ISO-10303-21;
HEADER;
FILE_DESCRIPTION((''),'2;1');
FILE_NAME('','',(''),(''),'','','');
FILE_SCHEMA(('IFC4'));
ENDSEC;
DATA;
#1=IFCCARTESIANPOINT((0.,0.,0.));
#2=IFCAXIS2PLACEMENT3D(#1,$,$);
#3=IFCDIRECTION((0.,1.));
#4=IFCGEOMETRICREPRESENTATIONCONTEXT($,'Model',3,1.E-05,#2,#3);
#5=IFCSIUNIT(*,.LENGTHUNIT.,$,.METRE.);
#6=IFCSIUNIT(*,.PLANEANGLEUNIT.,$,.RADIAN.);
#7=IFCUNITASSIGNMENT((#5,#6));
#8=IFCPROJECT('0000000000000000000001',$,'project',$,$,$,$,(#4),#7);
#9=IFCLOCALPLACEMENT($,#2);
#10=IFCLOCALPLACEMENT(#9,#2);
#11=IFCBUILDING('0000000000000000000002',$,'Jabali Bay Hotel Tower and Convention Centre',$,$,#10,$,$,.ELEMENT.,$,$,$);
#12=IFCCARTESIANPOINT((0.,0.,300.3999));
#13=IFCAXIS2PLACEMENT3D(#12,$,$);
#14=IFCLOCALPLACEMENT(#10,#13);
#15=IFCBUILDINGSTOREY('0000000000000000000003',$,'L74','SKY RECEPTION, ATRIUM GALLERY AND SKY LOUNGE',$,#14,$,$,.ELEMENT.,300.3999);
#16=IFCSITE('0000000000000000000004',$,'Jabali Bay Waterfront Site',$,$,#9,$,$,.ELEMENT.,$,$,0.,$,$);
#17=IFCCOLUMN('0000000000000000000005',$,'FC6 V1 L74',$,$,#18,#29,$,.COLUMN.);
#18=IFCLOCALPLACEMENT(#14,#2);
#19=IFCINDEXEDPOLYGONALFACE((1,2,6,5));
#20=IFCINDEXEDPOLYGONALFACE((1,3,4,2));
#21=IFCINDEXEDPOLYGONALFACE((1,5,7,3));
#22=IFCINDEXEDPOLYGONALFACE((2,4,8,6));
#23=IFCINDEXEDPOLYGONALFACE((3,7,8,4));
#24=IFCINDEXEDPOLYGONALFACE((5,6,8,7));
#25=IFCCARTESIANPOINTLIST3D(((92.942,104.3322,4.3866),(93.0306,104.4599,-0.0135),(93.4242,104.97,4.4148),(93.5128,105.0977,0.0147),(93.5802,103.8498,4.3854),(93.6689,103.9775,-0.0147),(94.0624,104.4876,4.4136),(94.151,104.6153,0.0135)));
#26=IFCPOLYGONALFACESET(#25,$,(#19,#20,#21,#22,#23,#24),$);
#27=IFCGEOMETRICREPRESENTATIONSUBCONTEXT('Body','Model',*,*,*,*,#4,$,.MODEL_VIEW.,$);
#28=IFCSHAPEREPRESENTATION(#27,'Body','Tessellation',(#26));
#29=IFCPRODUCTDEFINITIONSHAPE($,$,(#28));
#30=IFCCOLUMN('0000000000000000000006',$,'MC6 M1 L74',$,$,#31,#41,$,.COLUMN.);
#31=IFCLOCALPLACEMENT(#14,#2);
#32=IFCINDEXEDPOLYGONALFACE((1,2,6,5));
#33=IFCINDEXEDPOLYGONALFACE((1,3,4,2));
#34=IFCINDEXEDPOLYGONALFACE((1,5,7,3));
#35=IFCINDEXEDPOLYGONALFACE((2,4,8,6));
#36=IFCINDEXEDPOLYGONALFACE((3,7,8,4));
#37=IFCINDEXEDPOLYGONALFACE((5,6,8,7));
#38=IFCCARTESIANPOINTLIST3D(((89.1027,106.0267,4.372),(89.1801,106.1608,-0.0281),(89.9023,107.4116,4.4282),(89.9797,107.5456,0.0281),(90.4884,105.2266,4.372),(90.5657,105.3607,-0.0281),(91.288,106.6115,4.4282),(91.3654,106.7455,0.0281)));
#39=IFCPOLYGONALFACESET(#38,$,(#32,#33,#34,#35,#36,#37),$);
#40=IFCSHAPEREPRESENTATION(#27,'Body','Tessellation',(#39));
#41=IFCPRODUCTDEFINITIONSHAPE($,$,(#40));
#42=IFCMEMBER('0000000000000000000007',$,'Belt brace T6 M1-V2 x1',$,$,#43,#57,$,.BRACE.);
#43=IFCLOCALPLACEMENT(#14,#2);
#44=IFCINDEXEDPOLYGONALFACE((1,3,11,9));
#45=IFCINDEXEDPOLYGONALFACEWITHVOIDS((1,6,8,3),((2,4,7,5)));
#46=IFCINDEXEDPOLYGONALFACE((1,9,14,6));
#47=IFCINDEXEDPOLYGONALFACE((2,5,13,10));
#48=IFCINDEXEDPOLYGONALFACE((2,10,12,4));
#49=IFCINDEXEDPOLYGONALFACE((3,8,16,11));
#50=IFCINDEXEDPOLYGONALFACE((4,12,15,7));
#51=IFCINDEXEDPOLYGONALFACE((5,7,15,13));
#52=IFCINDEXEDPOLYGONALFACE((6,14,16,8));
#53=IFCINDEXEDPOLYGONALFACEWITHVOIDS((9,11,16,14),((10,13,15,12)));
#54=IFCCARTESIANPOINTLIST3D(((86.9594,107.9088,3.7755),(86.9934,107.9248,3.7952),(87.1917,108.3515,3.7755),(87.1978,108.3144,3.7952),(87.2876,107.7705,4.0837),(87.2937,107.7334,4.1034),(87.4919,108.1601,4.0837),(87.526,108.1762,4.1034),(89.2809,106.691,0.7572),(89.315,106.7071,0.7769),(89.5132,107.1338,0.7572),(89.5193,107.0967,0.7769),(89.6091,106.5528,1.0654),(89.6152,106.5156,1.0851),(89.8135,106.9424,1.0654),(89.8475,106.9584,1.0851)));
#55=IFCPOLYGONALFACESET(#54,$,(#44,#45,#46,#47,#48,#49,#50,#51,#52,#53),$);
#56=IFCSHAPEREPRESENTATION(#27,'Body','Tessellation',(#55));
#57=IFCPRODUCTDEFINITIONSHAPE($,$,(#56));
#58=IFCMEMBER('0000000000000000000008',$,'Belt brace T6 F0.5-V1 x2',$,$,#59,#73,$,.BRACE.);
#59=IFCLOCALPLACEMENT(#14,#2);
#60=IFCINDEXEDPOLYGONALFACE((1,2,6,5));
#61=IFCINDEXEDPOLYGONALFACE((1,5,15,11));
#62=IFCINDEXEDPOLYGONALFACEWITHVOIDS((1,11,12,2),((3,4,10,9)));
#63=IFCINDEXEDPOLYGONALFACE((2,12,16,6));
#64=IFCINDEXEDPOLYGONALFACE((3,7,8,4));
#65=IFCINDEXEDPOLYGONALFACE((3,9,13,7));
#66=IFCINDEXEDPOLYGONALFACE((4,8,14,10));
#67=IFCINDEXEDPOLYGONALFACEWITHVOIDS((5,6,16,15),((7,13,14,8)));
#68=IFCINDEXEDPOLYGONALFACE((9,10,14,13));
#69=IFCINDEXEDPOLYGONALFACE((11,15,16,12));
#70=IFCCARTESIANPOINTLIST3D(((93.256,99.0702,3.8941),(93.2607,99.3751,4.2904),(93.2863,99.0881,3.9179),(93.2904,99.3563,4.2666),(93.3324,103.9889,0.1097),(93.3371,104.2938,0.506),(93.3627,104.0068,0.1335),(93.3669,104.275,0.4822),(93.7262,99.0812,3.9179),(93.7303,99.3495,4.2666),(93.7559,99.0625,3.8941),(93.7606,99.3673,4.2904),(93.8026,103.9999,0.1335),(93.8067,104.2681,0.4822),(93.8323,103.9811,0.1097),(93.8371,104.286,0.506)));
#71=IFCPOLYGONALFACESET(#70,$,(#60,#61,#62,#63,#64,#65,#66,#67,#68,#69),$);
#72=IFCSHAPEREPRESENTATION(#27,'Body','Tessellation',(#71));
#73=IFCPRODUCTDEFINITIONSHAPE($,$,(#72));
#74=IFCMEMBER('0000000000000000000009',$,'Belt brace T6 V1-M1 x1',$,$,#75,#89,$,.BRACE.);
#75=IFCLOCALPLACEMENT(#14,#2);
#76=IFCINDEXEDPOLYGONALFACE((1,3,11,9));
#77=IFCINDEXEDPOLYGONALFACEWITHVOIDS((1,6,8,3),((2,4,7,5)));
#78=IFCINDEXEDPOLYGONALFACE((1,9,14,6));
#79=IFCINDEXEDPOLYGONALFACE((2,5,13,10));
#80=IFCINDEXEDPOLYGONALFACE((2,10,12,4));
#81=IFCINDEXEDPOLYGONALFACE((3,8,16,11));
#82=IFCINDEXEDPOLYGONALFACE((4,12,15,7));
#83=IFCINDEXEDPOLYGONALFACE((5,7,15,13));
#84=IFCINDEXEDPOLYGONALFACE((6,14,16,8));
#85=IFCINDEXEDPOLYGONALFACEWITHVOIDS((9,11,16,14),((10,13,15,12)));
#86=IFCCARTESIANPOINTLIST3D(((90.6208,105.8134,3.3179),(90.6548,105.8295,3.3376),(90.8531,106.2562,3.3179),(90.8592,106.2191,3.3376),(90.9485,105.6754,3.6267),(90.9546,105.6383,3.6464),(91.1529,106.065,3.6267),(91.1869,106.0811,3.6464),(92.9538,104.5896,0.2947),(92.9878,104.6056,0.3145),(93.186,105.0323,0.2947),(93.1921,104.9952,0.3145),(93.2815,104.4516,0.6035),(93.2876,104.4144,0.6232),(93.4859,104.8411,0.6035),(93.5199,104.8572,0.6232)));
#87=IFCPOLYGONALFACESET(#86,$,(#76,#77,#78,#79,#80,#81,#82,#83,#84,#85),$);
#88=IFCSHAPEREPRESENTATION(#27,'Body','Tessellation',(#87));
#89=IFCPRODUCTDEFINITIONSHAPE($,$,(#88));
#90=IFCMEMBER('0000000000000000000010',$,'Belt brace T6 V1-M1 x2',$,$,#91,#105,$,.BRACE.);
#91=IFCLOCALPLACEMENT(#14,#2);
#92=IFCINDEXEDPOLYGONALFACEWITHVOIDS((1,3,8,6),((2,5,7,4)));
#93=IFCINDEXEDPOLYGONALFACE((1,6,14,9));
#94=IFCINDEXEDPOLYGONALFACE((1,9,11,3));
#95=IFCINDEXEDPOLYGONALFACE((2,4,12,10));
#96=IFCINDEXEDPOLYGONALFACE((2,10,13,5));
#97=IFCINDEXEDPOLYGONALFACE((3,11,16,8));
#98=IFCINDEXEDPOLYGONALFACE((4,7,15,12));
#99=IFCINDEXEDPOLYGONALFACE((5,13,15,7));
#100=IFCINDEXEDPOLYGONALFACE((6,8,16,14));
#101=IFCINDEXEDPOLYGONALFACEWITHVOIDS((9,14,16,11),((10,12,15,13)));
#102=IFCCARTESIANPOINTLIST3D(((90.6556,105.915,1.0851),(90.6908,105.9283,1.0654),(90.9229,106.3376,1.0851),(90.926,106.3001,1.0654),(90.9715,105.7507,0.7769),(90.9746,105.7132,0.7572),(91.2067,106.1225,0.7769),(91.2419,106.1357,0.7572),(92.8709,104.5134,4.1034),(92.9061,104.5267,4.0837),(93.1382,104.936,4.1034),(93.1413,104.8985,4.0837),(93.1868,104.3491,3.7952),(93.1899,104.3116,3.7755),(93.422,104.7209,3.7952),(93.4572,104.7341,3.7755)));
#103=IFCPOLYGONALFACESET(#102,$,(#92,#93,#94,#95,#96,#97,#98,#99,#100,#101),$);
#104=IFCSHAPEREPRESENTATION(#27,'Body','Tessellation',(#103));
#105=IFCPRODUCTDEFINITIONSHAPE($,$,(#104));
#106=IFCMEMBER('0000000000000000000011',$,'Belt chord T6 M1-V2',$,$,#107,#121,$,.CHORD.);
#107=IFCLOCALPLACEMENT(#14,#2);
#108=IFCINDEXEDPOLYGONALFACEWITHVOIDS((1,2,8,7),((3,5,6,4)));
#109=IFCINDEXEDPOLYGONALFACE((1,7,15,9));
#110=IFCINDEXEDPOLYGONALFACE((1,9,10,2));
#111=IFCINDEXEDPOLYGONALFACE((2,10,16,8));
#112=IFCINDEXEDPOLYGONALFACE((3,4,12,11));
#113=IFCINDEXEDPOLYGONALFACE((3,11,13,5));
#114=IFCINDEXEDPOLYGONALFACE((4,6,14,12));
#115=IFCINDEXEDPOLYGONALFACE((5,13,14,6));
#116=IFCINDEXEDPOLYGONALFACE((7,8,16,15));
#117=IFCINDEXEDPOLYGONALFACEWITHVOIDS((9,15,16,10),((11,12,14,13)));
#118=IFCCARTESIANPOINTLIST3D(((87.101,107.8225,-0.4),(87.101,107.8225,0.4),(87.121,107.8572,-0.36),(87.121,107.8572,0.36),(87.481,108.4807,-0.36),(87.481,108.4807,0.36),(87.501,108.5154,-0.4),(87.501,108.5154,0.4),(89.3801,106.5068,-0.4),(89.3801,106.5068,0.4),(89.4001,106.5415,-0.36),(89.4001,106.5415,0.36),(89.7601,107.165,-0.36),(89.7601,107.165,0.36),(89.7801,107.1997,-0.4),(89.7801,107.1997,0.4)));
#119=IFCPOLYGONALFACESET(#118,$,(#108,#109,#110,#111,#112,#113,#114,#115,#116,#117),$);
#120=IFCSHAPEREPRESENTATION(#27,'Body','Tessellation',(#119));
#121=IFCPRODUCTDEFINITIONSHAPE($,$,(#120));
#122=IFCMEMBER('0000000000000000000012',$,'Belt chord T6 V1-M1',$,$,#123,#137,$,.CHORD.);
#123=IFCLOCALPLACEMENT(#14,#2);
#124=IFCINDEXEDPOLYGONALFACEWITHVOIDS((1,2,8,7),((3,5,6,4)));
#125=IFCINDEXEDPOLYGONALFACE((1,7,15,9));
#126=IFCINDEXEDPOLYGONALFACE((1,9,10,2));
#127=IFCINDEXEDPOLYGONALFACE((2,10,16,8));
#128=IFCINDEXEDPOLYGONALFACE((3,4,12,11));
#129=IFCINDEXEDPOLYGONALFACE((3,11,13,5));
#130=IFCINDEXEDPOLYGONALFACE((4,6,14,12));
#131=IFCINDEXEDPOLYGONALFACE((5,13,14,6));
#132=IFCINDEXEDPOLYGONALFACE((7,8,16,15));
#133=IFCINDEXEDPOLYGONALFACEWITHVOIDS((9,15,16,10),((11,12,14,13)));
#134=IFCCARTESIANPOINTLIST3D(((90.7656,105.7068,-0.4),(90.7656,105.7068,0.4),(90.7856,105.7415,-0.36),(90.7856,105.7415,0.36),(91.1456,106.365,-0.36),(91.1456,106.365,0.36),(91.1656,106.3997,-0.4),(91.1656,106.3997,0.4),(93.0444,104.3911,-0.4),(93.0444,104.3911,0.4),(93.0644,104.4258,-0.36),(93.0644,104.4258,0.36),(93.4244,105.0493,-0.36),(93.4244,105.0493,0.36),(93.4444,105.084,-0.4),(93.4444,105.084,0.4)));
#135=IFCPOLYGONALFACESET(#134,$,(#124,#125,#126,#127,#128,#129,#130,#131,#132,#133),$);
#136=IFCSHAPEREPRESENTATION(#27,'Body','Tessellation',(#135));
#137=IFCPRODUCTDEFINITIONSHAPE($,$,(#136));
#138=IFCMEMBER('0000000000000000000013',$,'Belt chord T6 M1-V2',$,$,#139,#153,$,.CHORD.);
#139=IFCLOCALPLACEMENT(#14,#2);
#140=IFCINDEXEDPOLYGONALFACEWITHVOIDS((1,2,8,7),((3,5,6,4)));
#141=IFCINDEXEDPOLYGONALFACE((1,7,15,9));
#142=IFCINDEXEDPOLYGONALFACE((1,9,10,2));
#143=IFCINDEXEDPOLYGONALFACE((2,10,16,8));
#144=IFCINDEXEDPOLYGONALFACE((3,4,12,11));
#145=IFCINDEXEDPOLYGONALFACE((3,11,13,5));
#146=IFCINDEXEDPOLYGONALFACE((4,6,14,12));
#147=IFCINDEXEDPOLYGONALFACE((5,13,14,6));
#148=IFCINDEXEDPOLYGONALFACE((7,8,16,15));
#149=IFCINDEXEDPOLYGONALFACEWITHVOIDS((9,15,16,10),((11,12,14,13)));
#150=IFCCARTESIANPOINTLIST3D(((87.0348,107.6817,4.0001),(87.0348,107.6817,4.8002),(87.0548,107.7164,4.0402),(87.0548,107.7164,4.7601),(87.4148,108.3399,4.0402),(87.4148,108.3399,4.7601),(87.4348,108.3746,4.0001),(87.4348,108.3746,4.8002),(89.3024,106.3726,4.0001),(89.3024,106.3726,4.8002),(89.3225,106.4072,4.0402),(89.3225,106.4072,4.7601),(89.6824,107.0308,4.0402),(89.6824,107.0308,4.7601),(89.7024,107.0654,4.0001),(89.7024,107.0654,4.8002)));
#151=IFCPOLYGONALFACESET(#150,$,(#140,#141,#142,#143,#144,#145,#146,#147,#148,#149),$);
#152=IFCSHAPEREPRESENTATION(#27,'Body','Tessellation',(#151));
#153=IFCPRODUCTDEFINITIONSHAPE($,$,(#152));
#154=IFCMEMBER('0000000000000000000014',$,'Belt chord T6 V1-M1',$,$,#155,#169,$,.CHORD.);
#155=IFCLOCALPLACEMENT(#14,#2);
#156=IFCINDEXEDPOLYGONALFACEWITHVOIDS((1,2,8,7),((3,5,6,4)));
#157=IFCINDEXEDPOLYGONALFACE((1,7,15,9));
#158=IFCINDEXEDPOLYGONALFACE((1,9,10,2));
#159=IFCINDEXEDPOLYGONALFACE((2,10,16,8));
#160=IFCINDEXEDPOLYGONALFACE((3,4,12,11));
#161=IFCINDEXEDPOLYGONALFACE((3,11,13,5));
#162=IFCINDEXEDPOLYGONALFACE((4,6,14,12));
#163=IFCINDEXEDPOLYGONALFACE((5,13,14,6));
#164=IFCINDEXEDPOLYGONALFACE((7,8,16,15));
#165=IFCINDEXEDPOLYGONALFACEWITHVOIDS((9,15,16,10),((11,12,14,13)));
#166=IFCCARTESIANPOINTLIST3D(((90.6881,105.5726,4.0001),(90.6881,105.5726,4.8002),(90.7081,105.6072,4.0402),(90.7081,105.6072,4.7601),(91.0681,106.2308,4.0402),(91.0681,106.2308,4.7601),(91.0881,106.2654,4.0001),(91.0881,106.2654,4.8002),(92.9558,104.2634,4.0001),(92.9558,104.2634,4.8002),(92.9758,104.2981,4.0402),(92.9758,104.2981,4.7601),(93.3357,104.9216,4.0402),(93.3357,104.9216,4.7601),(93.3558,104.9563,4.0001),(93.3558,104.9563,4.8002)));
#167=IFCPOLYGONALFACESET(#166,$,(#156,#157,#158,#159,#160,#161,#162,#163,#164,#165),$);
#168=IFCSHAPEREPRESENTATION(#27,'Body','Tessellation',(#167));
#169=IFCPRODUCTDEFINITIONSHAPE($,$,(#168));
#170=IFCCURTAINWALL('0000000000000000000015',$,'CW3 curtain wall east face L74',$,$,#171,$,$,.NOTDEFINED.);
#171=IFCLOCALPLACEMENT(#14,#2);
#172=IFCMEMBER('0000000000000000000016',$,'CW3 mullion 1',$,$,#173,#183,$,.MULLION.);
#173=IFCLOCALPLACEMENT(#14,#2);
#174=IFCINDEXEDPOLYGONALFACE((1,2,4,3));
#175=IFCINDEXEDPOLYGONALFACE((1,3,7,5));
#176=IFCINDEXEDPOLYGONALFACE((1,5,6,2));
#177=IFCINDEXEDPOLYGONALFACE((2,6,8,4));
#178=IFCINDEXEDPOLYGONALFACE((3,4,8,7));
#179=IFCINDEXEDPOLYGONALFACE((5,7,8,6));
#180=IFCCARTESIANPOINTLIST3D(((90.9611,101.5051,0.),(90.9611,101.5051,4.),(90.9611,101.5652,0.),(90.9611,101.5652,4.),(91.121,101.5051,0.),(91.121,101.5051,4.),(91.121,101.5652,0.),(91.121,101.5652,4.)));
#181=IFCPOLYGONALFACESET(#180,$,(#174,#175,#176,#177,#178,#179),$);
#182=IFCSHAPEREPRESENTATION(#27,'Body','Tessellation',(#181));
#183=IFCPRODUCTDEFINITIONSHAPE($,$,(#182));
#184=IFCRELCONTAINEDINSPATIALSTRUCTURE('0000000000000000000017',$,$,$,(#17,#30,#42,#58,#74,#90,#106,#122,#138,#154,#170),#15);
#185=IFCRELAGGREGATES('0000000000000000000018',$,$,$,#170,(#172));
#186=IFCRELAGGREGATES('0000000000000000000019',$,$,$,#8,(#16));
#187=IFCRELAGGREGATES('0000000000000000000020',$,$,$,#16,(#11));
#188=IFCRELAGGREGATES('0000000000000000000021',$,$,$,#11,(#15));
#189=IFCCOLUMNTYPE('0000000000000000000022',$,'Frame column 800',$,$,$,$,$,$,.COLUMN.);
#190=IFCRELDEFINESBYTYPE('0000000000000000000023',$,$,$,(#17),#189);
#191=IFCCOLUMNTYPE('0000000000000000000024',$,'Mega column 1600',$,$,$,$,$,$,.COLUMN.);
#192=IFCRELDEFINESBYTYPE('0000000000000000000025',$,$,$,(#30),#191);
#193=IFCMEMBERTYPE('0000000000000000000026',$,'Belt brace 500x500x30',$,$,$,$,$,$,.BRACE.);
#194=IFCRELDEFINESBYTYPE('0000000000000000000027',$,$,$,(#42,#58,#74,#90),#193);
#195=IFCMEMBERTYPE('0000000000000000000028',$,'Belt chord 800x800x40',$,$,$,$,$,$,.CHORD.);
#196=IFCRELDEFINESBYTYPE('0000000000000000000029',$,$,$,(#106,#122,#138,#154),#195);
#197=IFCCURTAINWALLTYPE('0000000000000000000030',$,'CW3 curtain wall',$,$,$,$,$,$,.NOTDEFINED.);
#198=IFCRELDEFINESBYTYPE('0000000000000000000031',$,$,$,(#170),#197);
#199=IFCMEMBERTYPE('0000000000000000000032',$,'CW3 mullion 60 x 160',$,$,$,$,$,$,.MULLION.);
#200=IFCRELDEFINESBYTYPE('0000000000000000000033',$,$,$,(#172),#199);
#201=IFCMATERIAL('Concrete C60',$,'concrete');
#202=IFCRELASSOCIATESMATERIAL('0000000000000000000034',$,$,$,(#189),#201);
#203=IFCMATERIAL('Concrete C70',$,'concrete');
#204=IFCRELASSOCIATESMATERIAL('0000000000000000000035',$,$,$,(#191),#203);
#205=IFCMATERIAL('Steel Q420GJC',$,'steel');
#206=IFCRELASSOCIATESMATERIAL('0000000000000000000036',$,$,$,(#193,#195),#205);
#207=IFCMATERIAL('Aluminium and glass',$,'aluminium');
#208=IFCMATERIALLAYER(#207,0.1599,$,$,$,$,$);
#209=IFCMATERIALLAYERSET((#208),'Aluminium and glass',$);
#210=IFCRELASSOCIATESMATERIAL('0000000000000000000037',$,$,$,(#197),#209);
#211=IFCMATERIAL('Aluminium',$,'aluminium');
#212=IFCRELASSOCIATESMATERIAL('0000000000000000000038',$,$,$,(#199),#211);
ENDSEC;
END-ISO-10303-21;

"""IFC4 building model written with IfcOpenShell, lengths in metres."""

from ifc_helpers import new_model, si_unit, direction, frame, origin, origin_2d, place, context, subcontext, project, spatial, rectangle, hollow_rectangle, extrude, material, layer, layer_set, material_profile, profile_set, type_object, element, aggregate, save


model = new_model("IFC4")

# Units and contexts
model_context = context("Model", 3, precision=1e-05, world=origin(), true_north=direction((0.0, 1.0)))
body_context = subcontext(model_context, "Body", "Model", "MODEL_VIEW")
ifc_project = project(units=[si_unit("LENGTHUNIT", "METRE"), si_unit("PLANEANGLEUNIT", "RADIAN")], contexts=[model_context])

# Site, building, storey
site_placement = place(None, origin())
site = spatial("IfcSite", under=ifc_project, at=site_placement, Name="Jabali Bay Waterfront Site", CompositionType="ELEMENT", RefElevation=0.0)
building_placement = place(site_placement, origin())
building = spatial("IfcBuilding", under=site, at=building_placement, Name="Jabali Bay Hotel Tower and Convention Centre", CompositionType="ELEMENT")
storey_placement = place(building_placement, frame((0.0, 0.0, 300.3999)))
storey = spatial("IfcBuildingStorey", under=building, at=storey_placement, Name="L74", Description="SKY RECEPTION, ATRIUM GALLERY AND SKY LOUNGE", CompositionType="ELEMENT", Elevation=300.3999)

# Columns
ifc_material_1 = material(Name="Concrete C60", Category="concrete")
ifc_material_profile_1 = material_profile(ifc_material_1, rectangle(XDim=0.8, YDim=0.8, at=origin_2d()), Name="Frame column 800")
ifc_profile_set_1 = profile_set([ifc_material_profile_1], Name="Concrete C60")
column_type_1 = type_object("IfcColumnType", Name="Frame column 800", PredefinedType="COLUMN", material=ifc_profile_set_1)
column_1_placement = place(storey_placement, frame((93.5908, 104.5376, 0.0), z_axis=(-0.020128, -0.029, 0.999377), x_axis=(0.602669, 0.797212, 0.035272)))
element("IfcColumn", 1, at=column_1_placement, inside=storey, type_object=column_type_1, Name="FC6 V1 L74", PredefinedType="COLUMN", context=body_context, shape_type="SweptSolid", body=[
    extrude(rectangle(XDim=0.8, YDim=0.8, at=origin_2d()), origin(), (0.0, 0.0, 1.0), 4.4028),
])
ifc_material_2 = material(Name="Concrete C70", Category="concrete")
ifc_material_profile_2 = material_profile(ifc_material_2, rectangle(XDim=1.6001, YDim=1.6001, at=origin_2d()), Name="Mega column 1600")
ifc_profile_set_2 = profile_set([ifc_material_profile_2], Name="Concrete C70")
column_type_2 = type_object("IfcColumnType", Name="Mega column 1600", PredefinedType="COLUMN", material=ifc_profile_set_2)
column_2_placement = place(storey_placement, frame((90.2727, 106.4531, 0.0), z_axis=(-0.017578, -0.030442, 0.999382), x_axis=(0.866004, -0.500038, 0.0)))
element("IfcColumn", 2, at=column_2_placement, inside=storey, type_object=column_type_2, Name="MC6 M1 L74", PredefinedType="COLUMN", context=body_context, shape_type="SweptSolid", body=[
    extrude(rectangle(XDim=1.6001, YDim=1.6001, at=origin_2d()), origin(), (0.0, 0.0, 1.0), 4.4028),
])

# Members
ifc_material_3 = material(Name="Steel Q420GJC", Category="steel")
ifc_material_profile_3 = material_profile(ifc_material_3, hollow_rectangle(XDim=0.5, YDim=0.5, WallThickness=0.03, at=origin_2d()), Name="Belt brace 500x500x30")
ifc_profile_set_3 = profile_set([ifc_material_profile_3], Name="Steel Q420GJC")
member_type_1 = type_object("IfcMemberType", Name="Belt brace 500x500x30", PredefinedType="BRACE", material=ifc_profile_set_3)
member_1_placement = place(storey_placement, frame((89.5642, 106.8247, 0.9211), z_axis=(-0.580698, 0.304608, 0.754986), x_axis=(-0.464525, -0.88556, 0.0)))
element("IfcMember", 3, at=member_1_placement, inside=storey, type_object=member_type_1, Name="Belt brace T6 M1-V2 x1", PredefinedType="BRACE", context=body_context, shape_type="SweptSolid", body=[
    extrude(hollow_rectangle(XDim=0.5, YDim=0.5, WallThickness=0.03, at=origin_2d()), origin(), (0.0, 0.0, 1.0), 3.9978),
])
member_2_placement = place(storey_placement, frame((93.5847, 104.1375, 0.3079), z_axis=(-0.012312, -0.792501, 0.609746), x_axis=(0.999879, -0.015534, 0.0)))
element("IfcMember", 4, at=member_2_placement, inside=storey, type_object=member_type_1, Name="Belt brace T6 F0.5-V1 x2", PredefinedType="BRACE", context=body_context, shape_type="SweptSolid", body=[
    extrude(hollow_rectangle(XDim=0.5, YDim=0.5, WallThickness=0.03, at=origin_2d()), origin(), (0.0, 0.0, 1.0), 6.2065),
])
member_3_placement = place(storey_placement, frame((93.2368, 104.7234, 0.459), z_axis=(-0.58179, 0.305202, 0.753904), x_axis=(-0.464551, -0.885547, 0.0)))
element("IfcMember", 5, at=member_3_placement, inside=storey, type_object=member_type_1, Name="Belt brace T6 V1-M1 x1", PredefinedType="BRACE", context=body_context, shape_type="SweptSolid", body=[
    extrude(hollow_rectangle(XDim=0.5, YDim=0.5, WallThickness=0.03, at=origin_2d()), origin(), (0.0, 0.0, 1.0), 4.01),
])
member_4_placement = place(storey_placement, frame((90.9487, 106.0254, 0.9211), z_axis=(0.554138, -0.350596, 0.754993), x_axis=(0.534662, 0.845066, 0.0)))
element("IfcMember", 6, at=member_4_placement, inside=storey, type_object=member_type_1, Name="Belt brace T6 V1-M1 x2", PredefinedType="BRACE", context=body_context, shape_type="SweptSolid", body=[
    extrude(hollow_rectangle(XDim=0.5, YDim=0.5, WallThickness=0.03, at=origin_2d()), origin(), (0.0, 0.0, 1.0), 3.9978),
])
ifc_material_profile_4 = material_profile(ifc_material_3, hollow_rectangle(XDim=0.8, YDim=0.8, WallThickness=0.04, at=origin_2d()), Name="Belt chord 800x800x40")
ifc_profile_set_4 = profile_set([ifc_material_profile_4], Name="Steel Q420GJC")
member_type_2 = type_object("IfcMemberType", Name="Belt chord 800x800x40", PredefinedType="CHORD", material=ifc_profile_set_4)
member_5_placement = place(storey_placement, frame((89.5801, 106.8533, 0.0), z_axis=(-0.866048, 0.499961, 0.0), x_axis=(-0.499961, -0.866048, 0.0)))
element("IfcMember", 7, at=member_5_placement, inside=storey, type_object=member_type_2, Name="Belt chord T6 M1-V2", PredefinedType="CHORD", context=body_context, shape_type="SweptSolid", body=[
    extrude(hollow_rectangle(XDim=0.8, YDim=0.8, WallThickness=0.04, at=origin_2d()), origin(), (0.0, 0.0, 1.0), 2.6316),
])
member_6_placement = place(storey_placement, frame((93.2444, 104.7375, 0.0), z_axis=(-0.866025, 0.500001, 0.0), x_axis=(-0.500001, -0.866025, 0.0)))
element("IfcMember", 8, at=member_6_placement, inside=storey, type_object=member_type_2, Name="Belt chord T6 V1-M1", PredefinedType="CHORD", context=body_context, shape_type="SweptSolid", body=[
    extrude(hollow_rectangle(XDim=0.8, YDim=0.8, WallThickness=0.04, at=origin_2d()), origin(), (0.0, 0.0, 1.0), 2.6313),
])
for number, where, z_axis, x_axis, name in (
    (9, (89.5024, 106.719, 4.4001), (-0.866043, 0.49997, 0.0), (-0.49997, -0.866043, 0.0), "Belt chord T6 M1-V2"),
    (10, (93.1558, 104.6099, 4.4001), (-0.866043, 0.49997, 0.0), (-0.49997, -0.866043, 0.0), "Belt chord T6 V1-M1"),
):
    element("IfcMember", number, at=place(storey_placement, frame(where, z_axis=z_axis, x_axis=x_axis)), inside=storey, type_object=member_type_2, Name=name, PredefinedType="CHORD", context=body_context, shape_type="SweptSolid", body=[
        extrude(hollow_rectangle(XDim=0.8, YDim=0.8, WallThickness=0.04, at=origin_2d()), origin(), (0.0, 0.0, 1.0), 2.6184),
    ])

# Curtain wall, member
ifc_material_4 = material(Name="Aluminium and glass", Category="aluminium")
ifc_layer_1 = layer(ifc_material_4, 0.1599)
ifc_layer_set_1 = layer_set([ifc_layer_1], Name="Aluminium and glass")
curtain_wall_type = type_object("IfcCurtainWallType", Name="CW3 curtain wall", PredefinedType="NOTDEFINED", material=ifc_layer_set_1)
curtain_wall_placement = place(storey_placement, origin())
curtain_wall = element("IfcCurtainWall", 11, at=curtain_wall_placement, inside=storey, type_object=curtain_wall_type, Name="CW3 curtain wall east face L74", PredefinedType="NOTDEFINED")
ifc_material_5 = material(Name="Aluminium", Category="aluminium")
ifc_material_profile_5 = material_profile(ifc_material_5, rectangle(XDim=0.1599, YDim=0.0601, at=origin_2d()), Name="CW3 mullion 60 x 160")
ifc_profile_set_5 = profile_set([ifc_material_profile_5], Name="Aluminium")
member_type_3 = type_object("IfcMemberType", Name="CW3 mullion 60 x 160", PredefinedType="MULLION", material=ifc_profile_set_5)
member_7_placement = place(storey_placement, frame((91.041, 101.5352, 0.0), z_axis=(0.0, 0.0, 1.0), x_axis=(1.0, 0.0, 0.0)))
member_7 = element("IfcMember", 12, at=member_7_placement, type_object=member_type_3, Name="CW3 mullion 1", PredefinedType="MULLION", context=body_context, shape_type="SweptSolid", body=[
    extrude(rectangle(XDim=0.1599, YDim=0.0601, at=origin_2d()), origin(), (0.0, 0.0, 1.0), 4.0),
])
aggregate(curtain_wall, [member_7])

save(model, "model.ifc")
